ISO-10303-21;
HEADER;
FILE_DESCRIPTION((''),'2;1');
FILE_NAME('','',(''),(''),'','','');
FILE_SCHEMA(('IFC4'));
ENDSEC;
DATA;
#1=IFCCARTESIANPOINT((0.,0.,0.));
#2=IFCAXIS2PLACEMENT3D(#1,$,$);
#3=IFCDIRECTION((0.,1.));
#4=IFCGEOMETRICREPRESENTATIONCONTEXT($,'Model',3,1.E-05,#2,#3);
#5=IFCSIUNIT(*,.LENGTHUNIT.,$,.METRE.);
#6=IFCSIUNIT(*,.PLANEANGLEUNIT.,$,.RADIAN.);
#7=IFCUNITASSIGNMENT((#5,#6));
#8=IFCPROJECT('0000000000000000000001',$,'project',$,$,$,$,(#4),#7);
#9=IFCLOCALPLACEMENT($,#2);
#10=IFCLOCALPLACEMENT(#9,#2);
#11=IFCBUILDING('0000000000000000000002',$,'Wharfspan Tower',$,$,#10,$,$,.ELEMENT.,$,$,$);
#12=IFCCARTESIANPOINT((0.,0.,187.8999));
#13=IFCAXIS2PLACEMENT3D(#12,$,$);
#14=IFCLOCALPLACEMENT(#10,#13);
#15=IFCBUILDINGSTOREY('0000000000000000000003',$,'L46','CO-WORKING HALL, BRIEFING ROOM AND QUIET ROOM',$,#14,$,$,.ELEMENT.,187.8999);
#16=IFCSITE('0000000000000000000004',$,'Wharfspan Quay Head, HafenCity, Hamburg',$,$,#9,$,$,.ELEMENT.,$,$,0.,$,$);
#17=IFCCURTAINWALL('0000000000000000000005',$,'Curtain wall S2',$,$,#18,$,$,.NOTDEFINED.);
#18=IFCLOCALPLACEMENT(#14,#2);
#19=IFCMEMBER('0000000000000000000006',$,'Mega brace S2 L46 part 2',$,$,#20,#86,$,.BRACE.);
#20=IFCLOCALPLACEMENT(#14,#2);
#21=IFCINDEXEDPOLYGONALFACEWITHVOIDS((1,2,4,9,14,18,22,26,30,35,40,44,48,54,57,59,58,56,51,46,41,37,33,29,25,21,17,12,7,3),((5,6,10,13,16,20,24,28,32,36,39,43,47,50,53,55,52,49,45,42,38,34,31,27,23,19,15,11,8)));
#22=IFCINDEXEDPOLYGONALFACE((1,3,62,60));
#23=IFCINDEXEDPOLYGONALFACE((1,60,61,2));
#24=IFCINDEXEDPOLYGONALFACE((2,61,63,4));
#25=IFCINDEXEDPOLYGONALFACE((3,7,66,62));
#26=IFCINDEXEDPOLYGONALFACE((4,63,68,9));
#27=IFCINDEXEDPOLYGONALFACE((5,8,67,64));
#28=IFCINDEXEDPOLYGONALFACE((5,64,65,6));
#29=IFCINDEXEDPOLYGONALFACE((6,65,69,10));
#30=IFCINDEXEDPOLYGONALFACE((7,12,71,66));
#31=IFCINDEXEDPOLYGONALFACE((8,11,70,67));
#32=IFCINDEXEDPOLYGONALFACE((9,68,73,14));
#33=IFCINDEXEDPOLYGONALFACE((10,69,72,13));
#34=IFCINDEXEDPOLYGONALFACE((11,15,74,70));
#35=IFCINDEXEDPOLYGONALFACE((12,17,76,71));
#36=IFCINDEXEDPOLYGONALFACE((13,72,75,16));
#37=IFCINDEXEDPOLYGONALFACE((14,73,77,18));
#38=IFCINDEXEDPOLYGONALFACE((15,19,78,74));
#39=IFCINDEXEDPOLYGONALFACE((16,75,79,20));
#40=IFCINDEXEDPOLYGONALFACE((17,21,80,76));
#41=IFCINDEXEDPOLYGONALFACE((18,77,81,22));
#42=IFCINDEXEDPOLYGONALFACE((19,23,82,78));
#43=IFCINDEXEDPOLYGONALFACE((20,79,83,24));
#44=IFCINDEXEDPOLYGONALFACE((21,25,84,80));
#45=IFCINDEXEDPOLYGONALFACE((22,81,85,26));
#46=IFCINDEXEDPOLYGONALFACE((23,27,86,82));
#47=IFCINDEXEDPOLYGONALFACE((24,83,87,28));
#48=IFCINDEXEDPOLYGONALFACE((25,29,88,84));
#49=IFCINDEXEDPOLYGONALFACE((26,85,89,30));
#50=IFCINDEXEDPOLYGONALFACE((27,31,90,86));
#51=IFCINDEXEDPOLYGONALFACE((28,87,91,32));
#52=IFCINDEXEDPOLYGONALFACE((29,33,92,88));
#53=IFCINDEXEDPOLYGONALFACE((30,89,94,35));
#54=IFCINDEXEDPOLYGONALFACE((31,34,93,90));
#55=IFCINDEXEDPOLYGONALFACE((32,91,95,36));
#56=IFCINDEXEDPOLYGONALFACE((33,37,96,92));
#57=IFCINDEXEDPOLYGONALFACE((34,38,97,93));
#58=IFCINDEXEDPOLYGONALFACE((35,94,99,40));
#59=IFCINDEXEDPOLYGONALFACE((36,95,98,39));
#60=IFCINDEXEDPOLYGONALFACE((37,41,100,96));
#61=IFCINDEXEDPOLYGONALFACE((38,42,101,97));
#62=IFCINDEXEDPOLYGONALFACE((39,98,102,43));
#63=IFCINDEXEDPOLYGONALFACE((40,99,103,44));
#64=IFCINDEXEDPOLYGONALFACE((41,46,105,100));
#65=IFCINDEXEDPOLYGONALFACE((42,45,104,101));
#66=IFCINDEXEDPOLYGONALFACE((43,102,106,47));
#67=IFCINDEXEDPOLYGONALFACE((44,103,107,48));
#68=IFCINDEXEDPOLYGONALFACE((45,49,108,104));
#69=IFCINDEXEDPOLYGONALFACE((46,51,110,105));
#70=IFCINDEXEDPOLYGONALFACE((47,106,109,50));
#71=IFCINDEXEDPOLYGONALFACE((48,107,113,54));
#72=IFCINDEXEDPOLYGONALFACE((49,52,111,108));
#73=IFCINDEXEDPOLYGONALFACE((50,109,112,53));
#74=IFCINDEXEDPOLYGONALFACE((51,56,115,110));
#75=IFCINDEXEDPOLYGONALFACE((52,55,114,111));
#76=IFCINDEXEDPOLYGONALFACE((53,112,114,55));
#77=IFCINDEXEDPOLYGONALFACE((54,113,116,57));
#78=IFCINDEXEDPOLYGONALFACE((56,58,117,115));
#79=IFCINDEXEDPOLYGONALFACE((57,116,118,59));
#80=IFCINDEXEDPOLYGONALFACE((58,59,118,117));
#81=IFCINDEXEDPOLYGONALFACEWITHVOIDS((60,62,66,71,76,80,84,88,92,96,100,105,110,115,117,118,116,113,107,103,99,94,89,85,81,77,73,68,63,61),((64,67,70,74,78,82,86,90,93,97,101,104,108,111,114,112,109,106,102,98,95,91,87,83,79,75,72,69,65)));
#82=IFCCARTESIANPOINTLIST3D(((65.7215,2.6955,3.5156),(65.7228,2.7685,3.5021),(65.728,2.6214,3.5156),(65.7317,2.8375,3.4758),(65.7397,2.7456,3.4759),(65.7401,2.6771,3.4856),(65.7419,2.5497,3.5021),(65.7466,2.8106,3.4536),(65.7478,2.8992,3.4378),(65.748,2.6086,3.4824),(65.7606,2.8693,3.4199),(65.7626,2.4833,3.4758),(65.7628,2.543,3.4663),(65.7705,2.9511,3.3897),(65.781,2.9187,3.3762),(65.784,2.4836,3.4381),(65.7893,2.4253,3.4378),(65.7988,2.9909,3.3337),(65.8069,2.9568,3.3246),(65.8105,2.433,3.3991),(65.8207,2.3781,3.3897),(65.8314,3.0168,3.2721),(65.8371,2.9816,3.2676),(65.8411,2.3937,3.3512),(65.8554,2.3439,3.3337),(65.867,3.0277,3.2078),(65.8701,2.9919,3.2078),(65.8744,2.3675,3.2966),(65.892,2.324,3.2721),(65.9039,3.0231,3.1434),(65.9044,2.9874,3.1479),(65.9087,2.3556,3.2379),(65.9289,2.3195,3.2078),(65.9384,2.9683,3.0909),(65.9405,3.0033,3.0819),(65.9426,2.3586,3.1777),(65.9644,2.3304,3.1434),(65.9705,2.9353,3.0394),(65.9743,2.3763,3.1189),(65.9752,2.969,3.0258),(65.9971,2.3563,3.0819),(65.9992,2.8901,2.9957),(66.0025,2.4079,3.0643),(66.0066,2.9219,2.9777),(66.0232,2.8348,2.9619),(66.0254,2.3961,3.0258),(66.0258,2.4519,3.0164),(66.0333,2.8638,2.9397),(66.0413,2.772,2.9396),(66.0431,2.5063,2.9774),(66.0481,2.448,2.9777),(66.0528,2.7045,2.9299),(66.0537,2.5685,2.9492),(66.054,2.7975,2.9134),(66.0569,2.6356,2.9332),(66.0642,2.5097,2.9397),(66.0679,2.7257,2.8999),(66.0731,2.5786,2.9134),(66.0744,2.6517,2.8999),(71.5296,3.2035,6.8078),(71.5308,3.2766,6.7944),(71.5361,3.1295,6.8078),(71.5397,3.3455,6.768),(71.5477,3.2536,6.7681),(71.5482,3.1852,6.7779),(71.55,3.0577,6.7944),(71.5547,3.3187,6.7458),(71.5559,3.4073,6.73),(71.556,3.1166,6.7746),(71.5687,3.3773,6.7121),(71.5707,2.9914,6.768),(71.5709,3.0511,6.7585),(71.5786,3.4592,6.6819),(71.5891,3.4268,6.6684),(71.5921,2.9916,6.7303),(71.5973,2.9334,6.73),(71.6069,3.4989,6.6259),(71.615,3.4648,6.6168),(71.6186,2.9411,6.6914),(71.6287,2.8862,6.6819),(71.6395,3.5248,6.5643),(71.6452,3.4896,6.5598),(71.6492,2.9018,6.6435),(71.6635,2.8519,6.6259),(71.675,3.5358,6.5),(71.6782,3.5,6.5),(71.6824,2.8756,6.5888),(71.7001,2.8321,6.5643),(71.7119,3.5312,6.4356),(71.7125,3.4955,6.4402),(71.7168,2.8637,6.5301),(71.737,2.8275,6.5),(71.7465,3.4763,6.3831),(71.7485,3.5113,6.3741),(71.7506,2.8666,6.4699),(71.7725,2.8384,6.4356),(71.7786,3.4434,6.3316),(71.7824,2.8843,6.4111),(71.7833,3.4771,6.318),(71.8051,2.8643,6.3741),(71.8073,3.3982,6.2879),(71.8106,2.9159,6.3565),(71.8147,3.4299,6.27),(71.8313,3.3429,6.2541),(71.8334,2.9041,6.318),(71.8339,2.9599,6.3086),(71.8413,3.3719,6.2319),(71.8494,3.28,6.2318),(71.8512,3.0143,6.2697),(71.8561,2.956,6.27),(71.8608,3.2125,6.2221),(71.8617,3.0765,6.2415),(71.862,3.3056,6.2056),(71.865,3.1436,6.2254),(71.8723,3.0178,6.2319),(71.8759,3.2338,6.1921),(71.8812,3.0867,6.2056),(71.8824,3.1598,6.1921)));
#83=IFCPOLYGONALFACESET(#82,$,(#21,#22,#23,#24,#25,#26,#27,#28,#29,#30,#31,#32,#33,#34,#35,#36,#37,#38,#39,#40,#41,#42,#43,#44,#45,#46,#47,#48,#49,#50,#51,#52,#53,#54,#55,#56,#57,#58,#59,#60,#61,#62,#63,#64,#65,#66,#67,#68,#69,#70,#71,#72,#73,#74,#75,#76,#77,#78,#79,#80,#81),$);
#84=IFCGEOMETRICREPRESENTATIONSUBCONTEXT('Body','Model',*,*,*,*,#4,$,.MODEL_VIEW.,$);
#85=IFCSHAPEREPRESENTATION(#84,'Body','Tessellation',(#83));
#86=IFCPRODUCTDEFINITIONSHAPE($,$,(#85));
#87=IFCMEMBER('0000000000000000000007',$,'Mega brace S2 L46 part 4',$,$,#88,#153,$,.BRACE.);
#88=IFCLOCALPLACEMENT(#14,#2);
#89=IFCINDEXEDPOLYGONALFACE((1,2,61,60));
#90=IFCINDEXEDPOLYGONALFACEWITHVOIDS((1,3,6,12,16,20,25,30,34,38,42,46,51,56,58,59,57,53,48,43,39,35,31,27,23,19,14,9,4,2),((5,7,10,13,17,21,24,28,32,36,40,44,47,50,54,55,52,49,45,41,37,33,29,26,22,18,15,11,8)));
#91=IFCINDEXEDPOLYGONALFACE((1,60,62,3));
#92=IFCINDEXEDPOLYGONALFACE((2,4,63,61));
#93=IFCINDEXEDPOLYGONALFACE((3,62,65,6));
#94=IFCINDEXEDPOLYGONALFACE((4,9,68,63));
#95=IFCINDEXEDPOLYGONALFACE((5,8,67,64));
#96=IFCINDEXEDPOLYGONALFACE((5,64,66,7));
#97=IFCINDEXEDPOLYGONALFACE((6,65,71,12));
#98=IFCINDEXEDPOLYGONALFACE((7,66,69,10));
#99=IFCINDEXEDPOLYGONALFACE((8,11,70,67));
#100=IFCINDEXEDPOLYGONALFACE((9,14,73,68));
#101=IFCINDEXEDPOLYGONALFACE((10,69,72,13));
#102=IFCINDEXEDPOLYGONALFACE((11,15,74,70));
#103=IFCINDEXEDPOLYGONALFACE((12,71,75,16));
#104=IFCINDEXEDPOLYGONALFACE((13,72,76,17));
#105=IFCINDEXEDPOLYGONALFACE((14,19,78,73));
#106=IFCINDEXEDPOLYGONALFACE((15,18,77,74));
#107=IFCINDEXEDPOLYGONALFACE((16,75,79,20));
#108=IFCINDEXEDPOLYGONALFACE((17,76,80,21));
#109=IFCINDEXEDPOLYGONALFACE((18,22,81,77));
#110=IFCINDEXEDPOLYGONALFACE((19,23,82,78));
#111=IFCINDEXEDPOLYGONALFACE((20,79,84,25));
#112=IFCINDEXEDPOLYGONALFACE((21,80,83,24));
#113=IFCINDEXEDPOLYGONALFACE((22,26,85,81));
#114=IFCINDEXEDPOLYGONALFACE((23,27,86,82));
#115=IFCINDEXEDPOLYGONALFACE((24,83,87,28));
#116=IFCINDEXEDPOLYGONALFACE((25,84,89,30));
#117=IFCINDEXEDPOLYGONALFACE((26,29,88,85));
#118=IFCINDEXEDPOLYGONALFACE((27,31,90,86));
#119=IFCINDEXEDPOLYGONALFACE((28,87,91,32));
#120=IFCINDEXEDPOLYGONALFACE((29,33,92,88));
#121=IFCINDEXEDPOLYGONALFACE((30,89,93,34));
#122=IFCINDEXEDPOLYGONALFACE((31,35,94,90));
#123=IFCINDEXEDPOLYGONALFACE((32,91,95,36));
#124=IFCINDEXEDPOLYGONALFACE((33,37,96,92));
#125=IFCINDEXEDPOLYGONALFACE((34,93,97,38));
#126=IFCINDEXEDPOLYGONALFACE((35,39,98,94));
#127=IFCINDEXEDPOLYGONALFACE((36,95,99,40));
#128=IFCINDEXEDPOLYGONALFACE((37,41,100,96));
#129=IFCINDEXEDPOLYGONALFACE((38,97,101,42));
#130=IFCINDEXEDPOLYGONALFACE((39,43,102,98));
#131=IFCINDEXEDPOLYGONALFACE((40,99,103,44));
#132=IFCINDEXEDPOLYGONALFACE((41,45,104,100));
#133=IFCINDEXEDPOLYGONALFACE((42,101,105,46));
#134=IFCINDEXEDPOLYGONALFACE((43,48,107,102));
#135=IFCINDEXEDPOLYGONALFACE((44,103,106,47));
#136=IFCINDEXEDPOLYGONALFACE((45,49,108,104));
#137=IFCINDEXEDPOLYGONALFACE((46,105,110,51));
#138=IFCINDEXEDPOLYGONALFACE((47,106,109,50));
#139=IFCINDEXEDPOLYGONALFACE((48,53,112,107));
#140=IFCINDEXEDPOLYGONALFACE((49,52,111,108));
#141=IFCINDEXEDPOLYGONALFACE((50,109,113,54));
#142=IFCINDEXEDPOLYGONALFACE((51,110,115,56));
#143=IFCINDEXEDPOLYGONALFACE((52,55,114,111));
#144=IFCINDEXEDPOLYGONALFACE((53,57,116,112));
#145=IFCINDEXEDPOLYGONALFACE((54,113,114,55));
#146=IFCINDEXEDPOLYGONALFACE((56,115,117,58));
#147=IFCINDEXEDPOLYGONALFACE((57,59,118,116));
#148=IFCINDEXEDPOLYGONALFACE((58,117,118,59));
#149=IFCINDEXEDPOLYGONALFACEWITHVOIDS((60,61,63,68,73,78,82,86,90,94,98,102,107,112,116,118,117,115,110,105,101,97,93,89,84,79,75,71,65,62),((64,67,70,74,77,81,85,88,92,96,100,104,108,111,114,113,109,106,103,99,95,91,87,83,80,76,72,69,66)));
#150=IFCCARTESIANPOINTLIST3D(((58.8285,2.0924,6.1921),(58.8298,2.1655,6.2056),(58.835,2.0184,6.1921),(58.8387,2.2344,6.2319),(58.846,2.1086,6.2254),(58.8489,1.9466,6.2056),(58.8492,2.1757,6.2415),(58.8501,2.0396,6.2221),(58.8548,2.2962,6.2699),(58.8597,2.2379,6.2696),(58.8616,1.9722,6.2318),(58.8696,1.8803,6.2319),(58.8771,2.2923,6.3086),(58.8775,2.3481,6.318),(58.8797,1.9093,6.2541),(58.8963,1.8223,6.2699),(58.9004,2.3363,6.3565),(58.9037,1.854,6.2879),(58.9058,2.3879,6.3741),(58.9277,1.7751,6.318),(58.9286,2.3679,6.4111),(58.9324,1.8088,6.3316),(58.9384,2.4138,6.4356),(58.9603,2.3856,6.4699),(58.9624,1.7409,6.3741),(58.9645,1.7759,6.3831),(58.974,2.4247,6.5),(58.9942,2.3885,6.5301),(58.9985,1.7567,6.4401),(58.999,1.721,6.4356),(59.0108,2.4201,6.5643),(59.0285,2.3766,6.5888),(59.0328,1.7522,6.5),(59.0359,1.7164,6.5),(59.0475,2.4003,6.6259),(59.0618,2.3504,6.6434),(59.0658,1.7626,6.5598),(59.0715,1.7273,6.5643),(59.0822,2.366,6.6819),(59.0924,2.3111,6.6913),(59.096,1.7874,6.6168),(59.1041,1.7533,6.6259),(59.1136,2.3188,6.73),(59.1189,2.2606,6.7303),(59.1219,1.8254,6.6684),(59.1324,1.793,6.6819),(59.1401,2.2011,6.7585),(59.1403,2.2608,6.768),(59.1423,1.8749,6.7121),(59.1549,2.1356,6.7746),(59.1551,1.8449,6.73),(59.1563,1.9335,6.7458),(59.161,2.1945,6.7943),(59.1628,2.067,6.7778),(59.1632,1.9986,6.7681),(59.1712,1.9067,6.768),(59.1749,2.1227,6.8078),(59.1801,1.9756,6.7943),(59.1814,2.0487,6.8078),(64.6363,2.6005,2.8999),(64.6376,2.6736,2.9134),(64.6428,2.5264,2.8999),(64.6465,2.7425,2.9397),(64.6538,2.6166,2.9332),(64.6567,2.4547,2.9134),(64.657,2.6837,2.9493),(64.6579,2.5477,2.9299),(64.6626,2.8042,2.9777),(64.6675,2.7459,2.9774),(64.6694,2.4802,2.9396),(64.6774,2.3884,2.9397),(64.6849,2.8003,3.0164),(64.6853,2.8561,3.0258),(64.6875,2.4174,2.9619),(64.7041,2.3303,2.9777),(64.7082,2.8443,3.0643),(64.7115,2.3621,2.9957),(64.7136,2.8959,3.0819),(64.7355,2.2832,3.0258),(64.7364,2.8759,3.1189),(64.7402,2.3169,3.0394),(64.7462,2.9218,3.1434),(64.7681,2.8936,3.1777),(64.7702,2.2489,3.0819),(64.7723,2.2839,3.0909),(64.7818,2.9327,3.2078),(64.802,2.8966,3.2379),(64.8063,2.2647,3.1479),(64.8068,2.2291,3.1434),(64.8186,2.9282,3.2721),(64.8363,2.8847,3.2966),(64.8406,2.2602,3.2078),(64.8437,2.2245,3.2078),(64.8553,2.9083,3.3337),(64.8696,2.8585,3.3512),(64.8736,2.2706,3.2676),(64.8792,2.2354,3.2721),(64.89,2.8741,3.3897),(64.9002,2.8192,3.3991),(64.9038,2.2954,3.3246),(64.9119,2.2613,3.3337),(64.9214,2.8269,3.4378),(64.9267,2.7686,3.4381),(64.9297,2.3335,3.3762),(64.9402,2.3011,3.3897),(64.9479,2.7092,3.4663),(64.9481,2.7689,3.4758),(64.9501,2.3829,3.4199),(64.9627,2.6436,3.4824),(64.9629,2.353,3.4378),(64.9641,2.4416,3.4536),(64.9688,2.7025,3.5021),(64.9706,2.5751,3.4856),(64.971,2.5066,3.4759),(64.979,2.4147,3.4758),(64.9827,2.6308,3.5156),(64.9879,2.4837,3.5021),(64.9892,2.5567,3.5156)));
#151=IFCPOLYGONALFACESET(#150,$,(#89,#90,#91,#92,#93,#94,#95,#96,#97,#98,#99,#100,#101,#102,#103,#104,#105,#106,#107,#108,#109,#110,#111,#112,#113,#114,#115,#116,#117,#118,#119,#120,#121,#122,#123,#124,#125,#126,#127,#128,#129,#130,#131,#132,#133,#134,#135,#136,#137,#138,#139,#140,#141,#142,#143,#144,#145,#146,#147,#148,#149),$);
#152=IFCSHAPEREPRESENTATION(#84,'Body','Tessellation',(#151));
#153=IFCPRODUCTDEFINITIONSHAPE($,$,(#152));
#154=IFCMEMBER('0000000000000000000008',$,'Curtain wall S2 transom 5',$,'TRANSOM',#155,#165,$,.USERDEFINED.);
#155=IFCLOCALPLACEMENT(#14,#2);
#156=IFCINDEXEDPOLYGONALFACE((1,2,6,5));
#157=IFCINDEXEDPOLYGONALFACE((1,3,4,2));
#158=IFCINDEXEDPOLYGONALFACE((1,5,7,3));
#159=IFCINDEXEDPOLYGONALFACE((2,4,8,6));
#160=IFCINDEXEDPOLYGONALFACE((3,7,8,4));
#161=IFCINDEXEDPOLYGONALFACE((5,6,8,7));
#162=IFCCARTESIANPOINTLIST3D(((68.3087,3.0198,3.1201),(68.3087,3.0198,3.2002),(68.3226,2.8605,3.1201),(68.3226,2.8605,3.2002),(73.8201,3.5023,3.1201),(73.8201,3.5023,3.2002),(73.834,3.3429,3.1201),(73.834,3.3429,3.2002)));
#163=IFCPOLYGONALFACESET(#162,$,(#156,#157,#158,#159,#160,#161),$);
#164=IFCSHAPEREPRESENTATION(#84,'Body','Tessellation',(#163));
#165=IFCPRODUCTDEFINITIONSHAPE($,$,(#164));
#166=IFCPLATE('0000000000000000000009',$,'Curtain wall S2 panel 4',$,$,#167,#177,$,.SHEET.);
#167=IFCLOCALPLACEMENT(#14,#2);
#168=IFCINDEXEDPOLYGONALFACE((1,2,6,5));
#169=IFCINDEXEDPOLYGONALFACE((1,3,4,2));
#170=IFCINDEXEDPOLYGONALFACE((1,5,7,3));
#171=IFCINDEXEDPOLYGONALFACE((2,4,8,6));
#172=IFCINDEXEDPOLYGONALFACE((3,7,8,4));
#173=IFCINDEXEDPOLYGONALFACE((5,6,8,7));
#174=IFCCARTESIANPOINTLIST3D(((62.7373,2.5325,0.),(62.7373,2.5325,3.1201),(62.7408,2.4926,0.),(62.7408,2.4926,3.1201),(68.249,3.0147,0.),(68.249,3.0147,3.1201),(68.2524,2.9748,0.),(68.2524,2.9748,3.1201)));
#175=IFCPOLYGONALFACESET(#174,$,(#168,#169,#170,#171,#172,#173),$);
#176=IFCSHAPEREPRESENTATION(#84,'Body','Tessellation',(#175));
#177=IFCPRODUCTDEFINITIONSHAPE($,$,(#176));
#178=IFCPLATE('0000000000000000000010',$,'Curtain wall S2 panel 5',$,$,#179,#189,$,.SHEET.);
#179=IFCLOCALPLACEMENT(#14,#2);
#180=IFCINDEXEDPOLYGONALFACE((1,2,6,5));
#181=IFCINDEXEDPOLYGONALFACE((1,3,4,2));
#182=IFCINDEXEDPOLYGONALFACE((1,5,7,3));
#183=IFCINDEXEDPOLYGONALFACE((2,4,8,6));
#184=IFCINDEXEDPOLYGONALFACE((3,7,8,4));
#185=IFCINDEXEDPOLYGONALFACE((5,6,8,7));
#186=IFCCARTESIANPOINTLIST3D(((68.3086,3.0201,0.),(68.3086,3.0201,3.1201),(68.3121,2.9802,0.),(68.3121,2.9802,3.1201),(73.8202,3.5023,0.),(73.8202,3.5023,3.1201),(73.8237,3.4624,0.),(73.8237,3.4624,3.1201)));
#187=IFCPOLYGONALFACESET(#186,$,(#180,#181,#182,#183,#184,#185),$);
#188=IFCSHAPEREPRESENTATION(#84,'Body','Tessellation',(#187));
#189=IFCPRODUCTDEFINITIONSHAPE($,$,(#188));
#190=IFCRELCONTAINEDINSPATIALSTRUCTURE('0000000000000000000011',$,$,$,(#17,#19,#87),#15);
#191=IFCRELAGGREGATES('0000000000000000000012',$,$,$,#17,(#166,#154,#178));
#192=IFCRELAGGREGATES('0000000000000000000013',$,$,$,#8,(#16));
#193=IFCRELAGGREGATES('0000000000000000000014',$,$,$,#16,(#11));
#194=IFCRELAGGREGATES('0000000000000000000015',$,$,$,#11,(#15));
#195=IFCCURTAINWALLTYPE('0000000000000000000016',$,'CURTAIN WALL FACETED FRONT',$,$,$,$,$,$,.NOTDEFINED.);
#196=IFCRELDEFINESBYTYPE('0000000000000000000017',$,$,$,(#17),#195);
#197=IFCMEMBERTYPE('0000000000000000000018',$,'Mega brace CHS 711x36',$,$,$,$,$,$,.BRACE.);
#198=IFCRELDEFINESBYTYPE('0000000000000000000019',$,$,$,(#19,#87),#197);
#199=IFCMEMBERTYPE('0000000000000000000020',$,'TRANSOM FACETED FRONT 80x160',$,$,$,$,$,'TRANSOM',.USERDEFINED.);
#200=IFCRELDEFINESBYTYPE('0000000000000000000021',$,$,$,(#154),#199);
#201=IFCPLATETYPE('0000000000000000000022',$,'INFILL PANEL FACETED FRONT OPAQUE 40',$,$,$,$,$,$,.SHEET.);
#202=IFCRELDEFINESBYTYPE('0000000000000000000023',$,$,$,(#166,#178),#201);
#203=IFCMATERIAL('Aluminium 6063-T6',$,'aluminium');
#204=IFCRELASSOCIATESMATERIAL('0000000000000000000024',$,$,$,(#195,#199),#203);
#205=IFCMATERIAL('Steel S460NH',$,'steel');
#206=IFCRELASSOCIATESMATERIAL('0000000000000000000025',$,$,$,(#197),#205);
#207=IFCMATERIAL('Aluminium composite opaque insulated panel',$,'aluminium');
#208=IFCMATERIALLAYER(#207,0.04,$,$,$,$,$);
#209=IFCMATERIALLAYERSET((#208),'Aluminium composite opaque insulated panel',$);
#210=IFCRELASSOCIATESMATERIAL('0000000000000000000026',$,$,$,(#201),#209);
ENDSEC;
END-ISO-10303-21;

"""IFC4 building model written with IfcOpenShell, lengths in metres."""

from ifc_helpers import new_model, si_unit, direction, frame, origin, origin_2d, place, context, subcontext, project, spatial, rectangle, hollow_circle, extrude, material, layer, layer_set, material_profile, profile_set, type_object, element, aggregate, save


model = new_model("IFC4")

# Units and contexts
model_context = context("Model", 3, precision=1e-05, world=origin(), true_north=direction((0.0, 1.0)))
body_context = subcontext(model_context, "Body", "Model", "MODEL_VIEW")
ifc_project = project(units=[si_unit("LENGTHUNIT", "METRE"), si_unit("PLANEANGLEUNIT", "RADIAN")], contexts=[model_context])

# Site, building, storey
site_placement = place(None, origin())
site = spatial("IfcSite", under=ifc_project, at=site_placement, Name="Wharfspan Quay Head, HafenCity, Hamburg", CompositionType="ELEMENT", RefElevation=0.0)
building_placement = place(site_placement, origin())
building = spatial("IfcBuilding", under=site, at=building_placement, Name="Wharfspan Tower", CompositionType="ELEMENT")
storey_placement = place(building_placement, frame((0.0, 0.0, 187.8999)))
storey = spatial("IfcBuildingStorey", under=building, at=storey_placement, Name="L46", Description="CO-WORKING HALL, BRIEFING ROOM AND QUIET ROOM", CompositionType="ELEMENT", Elevation=187.8999)

# Curtain wall
ifc_material_1 = material(Name="Aluminium 6063-T6", Category="aluminium")
curtain_wall_type = type_object("IfcCurtainWallType", Name="CURTAIN WALL FACETED FRONT", PredefinedType="NOTDEFINED", material=ifc_material_1)
curtain_wall_placement = place(storey_placement, origin())
curtain_wall = element("IfcCurtainWall", 1, at=curtain_wall_placement, inside=storey, type_object=curtain_wall_type, Name="Curtain wall S2", PredefinedType="NOTDEFINED")

# Members
ifc_material_2 = material(Name="Steel S460NH", Category="steel")
ifc_material_profile_1 = material_profile(ifc_material_2, hollow_circle(Radius=0.3555, WallThickness=0.0359, at=origin_2d()))
ifc_profile_set_1 = profile_set([ifc_material_profile_1], Name="Steel S460NH")
member_type_1 = type_object("IfcMemberType", Name="Mega brace CHS 711x36", PredefinedType="BRACE", material=ifc_profile_set_1)
member_1_placement = place(storey_placement, frame((65.8979, 2.6736, 3.2078), z_axis=(0.867451, 0.075879, 0.491702), x_axis=(-0.087142, 0.996197, 0.000002)))
element("IfcMember", 2, at=member_1_placement, inside=storey, type_object=member_type_1, Name="Mega brace S2 L46 part 2", PredefinedType="BRACE", context=body_context, shape_type="SweptSolid", body=[
    extrude(hollow_circle(Radius=0.3555, WallThickness=0.0359, at=origin_2d()), origin(), (0.0, 0.0, 1.0), 6.6956),
])
member_2_placement = place(storey_placement, frame((64.8127, 2.5786, 3.2078), z_axis=(-0.867442, -0.075882, 0.491717), x_axis=(0.087146, -0.996193, 0.000002)))
element("IfcMember", 3, at=member_2_placement, inside=storey, type_object=member_type_1, Name="Mega brace S2 L46 part 4", PredefinedType="BRACE", context=body_context, shape_type="SweptSolid", body=[
    extrude(hollow_circle(Radius=0.3555, WallThickness=0.0359, at=origin_2d()), origin(), (0.0, 0.0, 1.0), 6.6953),
])

# Member
ifc_material_profile_2 = material_profile(ifc_material_1, rectangle(XDim=0.1599, YDim=0.0801, at=origin_2d()))
ifc_profile_set_2 = profile_set([ifc_material_profile_2], Name="Aluminium 6063-T6")
member_type_2 = type_object("IfcMemberType", Name="TRANSOM FACETED FRONT 80x160", ElementType="TRANSOM", PredefinedType="USERDEFINED", material=ifc_profile_set_2)
member_3_placement = place(storey_placement, frame((68.3157, 2.9402, 3.1602), z_axis=(0.996191, 0.087197, 0.0), x_axis=(-0.087197, 0.996191, 0.0)))
member_3 = element("IfcMember", 4, at=member_3_placement, type_object=member_type_2, Name="Curtain wall S2 transom 5", ObjectType="TRANSOM", PredefinedType="USERDEFINED", context=body_context, shape_type="SweptSolid", body=[
    extrude(rectangle(XDim=0.1599, YDim=0.0801, at=origin_2d()), origin(), (0.0, 0.0, 1.0), 5.5325),
])

# Plates
ifc_material_3 = material(Name="Aluminium composite opaque insulated panel", Category="aluminium")
ifc_layer_1 = layer(ifc_material_3, 0.04)
ifc_layer_set_1 = layer_set([ifc_layer_1], Name="Aluminium composite opaque insulated panel")
plate_type = type_object("IfcPlateType", Name="INFILL PANEL FACETED FRONT OPAQUE 40", PredefinedType="SHEET", material=ifc_layer_set_1)
plate_1_placement = place(storey_placement, frame((65.4949, 2.7537, 0.0), z_axis=(0.0, 0.0, 1.0), x_axis=(0.996198, 0.087156, 0.0)))
plate_1 = element("IfcPlate", 5, at=plate_1_placement, type_object=plate_type, Name="Curtain wall S2 panel 4", PredefinedType="SHEET", context=body_context, shape_type="SweptSolid", body=[
    extrude(rectangle(XDim=5.5327, YDim=0.04, at=origin_2d()), origin(), (0.0, 0.0, 1.0), 3.1201),
])
plate_2_placement = place(storey_placement, frame((71.0662, 3.2412, 0.0), z_axis=(0.0, 0.0, 1.0), x_axis=(0.996198, 0.087156, 0.0)))
plate_2 = element("IfcPlate", 6, at=plate_2_placement, type_object=plate_type, Name="Curtain wall S2 panel 5", PredefinedType="SHEET", context=body_context, shape_type="SweptSolid", body=[
    extrude(rectangle(XDim=5.5327, YDim=0.04, at=origin_2d()), origin(), (0.0, 0.0, 1.0), 3.1201),
])
aggregate(curtain_wall, [plate_1, member_3, plate_2])

save(model, "model.ifc")
